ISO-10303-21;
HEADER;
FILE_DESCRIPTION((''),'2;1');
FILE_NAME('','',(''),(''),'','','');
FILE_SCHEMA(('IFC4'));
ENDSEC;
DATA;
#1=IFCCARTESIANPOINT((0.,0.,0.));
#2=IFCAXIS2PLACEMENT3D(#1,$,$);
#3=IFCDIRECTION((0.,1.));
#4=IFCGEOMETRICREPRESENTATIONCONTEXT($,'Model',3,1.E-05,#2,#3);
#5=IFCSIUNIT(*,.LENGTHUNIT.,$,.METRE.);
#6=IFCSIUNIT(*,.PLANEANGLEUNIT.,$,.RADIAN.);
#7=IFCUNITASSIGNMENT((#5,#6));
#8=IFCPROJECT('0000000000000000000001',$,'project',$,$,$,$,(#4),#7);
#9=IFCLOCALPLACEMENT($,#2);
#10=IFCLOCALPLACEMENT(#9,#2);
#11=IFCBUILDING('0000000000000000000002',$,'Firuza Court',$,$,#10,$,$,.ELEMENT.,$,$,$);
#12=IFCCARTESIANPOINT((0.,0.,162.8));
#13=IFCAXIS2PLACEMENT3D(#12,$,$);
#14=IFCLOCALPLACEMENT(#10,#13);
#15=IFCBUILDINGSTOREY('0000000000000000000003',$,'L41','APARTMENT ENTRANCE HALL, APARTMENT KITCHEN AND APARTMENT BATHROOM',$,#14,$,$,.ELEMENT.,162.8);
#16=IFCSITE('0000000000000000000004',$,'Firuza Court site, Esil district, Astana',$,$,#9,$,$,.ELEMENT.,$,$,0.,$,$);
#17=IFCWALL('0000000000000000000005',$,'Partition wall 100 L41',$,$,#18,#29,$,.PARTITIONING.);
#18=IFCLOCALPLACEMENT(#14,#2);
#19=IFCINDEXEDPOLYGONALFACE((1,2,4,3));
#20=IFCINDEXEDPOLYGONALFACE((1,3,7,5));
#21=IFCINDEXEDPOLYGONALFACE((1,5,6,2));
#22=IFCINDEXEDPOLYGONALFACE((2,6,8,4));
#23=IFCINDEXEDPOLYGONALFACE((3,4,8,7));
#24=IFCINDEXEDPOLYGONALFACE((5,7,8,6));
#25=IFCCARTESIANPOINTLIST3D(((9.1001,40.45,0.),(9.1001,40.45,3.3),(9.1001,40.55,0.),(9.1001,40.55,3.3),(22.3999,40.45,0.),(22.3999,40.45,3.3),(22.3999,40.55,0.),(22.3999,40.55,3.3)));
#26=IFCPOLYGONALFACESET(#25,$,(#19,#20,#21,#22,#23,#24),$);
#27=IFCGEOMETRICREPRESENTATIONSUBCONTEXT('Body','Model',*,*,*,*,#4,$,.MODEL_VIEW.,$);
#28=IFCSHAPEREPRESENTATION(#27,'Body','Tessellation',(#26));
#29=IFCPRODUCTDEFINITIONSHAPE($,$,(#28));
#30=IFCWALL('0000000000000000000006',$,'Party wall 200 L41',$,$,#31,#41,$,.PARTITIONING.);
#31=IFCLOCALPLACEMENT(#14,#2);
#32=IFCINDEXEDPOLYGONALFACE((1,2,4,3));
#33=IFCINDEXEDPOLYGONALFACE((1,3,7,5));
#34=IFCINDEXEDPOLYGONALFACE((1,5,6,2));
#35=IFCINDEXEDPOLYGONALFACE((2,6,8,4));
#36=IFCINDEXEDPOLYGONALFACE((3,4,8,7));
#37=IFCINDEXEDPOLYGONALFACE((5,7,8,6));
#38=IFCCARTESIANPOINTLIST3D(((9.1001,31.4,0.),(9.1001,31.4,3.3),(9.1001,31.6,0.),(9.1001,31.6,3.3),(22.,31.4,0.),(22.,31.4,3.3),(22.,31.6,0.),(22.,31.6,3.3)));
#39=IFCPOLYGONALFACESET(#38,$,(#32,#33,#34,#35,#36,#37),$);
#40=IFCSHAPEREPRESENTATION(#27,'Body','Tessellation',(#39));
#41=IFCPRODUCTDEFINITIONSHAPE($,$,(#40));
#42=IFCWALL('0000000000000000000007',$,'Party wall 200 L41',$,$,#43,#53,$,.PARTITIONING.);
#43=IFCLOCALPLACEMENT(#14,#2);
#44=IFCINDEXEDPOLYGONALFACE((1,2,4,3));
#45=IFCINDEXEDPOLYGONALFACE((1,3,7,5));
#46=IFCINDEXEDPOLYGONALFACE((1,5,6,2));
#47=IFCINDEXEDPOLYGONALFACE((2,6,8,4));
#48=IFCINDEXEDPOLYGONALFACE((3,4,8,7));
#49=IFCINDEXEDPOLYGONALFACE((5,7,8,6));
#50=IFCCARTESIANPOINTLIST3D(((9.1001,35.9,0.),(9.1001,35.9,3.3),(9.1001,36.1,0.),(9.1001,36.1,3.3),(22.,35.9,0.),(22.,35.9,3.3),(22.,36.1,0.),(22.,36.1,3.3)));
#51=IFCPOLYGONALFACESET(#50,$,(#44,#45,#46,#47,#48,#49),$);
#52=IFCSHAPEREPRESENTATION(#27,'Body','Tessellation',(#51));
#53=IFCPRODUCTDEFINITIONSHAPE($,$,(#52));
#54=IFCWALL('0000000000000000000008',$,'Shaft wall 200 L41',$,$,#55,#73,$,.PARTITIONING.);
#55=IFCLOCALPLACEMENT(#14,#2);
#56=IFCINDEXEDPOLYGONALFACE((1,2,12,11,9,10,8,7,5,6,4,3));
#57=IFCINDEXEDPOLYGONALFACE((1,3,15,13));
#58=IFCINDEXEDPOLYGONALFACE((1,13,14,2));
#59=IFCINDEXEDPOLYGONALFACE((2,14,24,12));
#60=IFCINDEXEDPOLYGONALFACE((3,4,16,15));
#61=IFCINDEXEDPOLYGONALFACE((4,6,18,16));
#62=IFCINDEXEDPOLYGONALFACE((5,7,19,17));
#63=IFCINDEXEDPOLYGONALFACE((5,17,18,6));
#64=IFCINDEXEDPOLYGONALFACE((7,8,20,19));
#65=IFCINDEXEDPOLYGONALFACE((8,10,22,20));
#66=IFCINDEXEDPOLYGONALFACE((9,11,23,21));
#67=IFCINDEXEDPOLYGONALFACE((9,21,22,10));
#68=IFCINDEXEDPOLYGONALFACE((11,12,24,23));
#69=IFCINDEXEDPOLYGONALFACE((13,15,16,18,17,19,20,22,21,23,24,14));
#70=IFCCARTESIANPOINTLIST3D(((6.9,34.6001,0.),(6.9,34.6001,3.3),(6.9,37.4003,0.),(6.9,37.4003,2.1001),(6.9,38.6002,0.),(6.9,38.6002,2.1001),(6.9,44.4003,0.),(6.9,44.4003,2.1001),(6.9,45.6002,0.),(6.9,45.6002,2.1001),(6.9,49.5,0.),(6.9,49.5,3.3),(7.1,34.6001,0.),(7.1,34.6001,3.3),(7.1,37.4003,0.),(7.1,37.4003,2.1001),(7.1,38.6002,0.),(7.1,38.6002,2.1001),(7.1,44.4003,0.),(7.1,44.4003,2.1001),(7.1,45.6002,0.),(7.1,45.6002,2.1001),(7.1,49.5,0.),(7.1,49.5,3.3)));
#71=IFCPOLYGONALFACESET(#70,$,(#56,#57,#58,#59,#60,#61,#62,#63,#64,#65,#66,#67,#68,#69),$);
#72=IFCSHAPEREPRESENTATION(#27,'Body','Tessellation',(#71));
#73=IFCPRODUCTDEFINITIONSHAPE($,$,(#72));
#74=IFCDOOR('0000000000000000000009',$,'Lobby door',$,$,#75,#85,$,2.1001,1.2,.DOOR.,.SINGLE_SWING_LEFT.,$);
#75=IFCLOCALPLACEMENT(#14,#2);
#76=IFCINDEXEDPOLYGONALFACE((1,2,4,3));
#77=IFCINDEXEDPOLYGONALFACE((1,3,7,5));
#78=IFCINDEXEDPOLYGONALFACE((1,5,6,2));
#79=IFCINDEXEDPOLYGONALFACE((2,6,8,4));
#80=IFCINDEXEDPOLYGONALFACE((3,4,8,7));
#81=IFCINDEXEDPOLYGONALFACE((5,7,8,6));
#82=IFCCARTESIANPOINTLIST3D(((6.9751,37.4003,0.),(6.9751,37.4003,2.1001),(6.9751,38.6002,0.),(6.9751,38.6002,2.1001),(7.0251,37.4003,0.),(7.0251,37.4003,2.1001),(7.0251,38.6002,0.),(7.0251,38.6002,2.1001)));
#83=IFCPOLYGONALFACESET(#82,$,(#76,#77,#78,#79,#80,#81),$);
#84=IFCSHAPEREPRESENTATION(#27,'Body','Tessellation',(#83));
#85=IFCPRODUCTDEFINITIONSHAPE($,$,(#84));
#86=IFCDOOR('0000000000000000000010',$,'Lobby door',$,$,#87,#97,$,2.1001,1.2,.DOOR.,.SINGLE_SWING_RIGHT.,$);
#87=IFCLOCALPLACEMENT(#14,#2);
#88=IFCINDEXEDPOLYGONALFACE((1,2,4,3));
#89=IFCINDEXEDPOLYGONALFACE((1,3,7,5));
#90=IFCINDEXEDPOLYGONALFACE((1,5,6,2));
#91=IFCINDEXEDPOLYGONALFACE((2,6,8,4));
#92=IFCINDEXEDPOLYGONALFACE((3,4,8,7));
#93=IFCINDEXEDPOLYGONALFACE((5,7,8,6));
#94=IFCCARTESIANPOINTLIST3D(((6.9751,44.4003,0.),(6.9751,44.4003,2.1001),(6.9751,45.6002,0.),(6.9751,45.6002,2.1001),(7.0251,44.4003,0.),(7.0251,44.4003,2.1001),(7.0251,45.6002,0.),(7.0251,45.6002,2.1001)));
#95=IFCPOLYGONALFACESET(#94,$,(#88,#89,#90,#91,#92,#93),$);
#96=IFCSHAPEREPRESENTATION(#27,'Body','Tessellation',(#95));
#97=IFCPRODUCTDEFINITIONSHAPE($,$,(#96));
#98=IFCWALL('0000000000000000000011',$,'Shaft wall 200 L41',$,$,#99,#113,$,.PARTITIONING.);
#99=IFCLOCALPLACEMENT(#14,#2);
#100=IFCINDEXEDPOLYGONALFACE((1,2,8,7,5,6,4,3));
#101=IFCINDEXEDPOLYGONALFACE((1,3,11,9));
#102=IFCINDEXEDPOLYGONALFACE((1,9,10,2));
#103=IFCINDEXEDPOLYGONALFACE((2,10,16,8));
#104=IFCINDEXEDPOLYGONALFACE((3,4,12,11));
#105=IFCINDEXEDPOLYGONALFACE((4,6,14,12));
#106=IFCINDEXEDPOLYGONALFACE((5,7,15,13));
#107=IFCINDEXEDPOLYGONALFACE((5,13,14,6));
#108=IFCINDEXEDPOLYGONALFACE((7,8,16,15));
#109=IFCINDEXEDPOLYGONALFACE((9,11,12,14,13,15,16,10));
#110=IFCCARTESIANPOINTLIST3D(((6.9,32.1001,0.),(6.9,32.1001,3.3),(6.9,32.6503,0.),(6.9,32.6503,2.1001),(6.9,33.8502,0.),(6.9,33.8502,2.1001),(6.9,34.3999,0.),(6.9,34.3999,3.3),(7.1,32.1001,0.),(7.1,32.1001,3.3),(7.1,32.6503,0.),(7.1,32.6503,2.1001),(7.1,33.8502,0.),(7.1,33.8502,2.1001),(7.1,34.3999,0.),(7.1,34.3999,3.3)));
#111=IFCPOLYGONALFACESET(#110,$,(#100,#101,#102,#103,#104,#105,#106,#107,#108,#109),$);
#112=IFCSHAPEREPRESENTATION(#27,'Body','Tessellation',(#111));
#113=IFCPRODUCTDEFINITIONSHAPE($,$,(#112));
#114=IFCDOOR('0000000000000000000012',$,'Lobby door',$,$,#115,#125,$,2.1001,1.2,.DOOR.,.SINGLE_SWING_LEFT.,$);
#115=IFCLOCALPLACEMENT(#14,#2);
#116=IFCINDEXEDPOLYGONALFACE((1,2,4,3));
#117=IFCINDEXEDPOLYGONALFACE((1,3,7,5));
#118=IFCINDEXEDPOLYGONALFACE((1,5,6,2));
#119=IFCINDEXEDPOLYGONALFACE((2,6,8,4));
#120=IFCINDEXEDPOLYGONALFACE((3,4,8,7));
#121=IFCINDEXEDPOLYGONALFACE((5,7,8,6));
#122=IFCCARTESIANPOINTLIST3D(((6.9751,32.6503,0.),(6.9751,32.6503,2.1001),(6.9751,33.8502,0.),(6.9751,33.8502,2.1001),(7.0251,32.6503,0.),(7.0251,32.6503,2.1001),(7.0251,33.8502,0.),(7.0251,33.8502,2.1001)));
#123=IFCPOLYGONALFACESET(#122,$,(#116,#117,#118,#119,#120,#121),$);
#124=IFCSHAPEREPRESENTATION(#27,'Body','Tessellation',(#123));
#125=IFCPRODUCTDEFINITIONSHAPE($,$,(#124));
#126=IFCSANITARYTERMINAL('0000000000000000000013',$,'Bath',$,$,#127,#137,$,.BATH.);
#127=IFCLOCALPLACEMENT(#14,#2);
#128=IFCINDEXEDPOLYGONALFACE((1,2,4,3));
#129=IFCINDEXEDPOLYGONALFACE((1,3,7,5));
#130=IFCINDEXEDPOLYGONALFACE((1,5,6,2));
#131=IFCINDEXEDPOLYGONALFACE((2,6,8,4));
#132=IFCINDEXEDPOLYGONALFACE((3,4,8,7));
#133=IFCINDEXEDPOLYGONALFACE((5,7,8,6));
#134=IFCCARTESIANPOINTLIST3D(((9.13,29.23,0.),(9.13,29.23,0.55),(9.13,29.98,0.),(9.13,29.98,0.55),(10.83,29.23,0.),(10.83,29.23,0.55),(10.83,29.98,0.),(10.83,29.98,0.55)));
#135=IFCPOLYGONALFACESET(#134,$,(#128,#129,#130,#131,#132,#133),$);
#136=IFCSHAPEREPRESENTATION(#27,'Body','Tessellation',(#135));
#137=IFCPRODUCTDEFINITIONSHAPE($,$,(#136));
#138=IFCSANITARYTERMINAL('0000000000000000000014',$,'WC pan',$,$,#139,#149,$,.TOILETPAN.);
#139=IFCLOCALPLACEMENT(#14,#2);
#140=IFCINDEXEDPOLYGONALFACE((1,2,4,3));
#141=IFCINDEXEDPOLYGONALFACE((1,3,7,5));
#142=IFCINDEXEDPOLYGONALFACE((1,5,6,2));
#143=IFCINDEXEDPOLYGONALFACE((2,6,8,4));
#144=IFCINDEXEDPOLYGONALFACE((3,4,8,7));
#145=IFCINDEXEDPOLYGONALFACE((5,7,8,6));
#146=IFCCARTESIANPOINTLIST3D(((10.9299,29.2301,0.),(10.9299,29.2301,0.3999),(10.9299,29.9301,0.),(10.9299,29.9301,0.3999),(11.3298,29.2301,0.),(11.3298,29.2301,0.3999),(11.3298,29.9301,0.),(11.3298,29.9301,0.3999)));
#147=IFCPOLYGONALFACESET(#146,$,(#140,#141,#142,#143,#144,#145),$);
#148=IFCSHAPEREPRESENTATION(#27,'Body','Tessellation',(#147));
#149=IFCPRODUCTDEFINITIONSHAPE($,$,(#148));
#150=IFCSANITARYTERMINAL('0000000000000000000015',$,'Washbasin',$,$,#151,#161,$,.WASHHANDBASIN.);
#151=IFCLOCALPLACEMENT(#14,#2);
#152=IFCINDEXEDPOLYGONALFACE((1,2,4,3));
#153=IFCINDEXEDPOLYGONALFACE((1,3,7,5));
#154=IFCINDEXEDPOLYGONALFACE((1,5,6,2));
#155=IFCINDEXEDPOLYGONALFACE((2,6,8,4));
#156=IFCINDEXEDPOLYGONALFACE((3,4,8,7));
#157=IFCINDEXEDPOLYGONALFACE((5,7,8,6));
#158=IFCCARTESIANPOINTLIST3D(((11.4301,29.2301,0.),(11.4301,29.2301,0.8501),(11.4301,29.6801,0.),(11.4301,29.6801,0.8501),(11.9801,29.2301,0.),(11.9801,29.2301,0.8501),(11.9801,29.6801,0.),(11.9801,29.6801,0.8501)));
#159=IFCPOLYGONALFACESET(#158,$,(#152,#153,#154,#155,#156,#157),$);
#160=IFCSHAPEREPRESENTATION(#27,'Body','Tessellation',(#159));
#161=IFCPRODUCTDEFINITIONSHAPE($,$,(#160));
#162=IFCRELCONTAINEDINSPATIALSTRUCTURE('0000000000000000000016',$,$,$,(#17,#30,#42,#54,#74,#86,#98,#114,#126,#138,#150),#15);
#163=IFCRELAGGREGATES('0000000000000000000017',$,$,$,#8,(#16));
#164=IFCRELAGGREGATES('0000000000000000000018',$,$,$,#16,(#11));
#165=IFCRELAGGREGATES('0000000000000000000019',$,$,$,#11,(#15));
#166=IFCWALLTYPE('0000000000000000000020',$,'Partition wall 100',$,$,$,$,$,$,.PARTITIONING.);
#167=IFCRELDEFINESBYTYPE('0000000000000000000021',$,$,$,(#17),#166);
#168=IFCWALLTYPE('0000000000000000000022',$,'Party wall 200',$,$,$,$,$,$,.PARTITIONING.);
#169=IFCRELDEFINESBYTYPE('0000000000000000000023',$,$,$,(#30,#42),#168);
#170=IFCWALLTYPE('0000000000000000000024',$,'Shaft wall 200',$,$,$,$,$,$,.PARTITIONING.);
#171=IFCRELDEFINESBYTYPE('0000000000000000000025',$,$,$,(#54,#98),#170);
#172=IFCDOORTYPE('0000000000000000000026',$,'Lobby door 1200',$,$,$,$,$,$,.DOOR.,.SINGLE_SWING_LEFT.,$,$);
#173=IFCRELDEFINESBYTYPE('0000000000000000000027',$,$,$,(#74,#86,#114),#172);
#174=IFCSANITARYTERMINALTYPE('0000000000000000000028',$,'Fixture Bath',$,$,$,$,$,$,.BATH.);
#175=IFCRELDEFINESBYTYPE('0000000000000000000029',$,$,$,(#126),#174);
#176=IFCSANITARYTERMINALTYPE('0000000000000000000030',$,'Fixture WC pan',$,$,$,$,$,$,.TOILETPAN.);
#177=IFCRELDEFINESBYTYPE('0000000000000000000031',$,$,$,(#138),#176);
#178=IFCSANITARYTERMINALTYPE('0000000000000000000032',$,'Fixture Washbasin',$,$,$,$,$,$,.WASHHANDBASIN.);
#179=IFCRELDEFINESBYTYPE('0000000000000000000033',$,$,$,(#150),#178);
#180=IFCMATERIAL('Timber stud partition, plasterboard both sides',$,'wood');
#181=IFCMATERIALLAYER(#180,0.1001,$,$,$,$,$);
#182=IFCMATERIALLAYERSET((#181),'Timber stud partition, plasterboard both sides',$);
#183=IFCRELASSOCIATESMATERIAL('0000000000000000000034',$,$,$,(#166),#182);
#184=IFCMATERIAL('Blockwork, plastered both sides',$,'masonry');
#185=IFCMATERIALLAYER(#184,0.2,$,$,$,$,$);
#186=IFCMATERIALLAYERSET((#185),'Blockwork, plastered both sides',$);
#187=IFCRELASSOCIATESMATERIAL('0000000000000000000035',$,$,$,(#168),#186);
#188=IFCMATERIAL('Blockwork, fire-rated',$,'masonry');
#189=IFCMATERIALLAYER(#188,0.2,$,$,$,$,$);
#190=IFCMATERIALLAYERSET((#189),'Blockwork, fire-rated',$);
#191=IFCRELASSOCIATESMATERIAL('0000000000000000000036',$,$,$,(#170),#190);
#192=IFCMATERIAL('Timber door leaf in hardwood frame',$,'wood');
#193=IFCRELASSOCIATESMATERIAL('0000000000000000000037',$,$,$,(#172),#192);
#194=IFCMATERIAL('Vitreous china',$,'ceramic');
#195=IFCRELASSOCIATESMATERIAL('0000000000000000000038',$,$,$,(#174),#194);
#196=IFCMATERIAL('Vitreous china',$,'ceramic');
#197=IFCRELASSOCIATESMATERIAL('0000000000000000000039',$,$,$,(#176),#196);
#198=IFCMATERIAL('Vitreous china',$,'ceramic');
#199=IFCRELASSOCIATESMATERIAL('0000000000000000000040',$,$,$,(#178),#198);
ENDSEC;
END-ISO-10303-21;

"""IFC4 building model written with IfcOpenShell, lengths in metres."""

from ifc_helpers import new_model, si_unit, direction, frame, frame_2d, origin, origin_2d, place, context, subcontext, project, spatial, rectangle, extrude, material, layer, layer_set, type_object, element, fill, save


model = new_model("IFC4")

# Units and contexts
model_context = context("Model", 3, precision=1e-05, world=origin(), true_north=direction((0.0, 1.0)))
body_context = subcontext(model_context, "Body", "Model", "MODEL_VIEW")
ifc_project = project(units=[si_unit("LENGTHUNIT", "METRE"), si_unit("PLANEANGLEUNIT", "RADIAN")], contexts=[model_context])

# Site, building, storey
site_placement = place(None, origin())
site = spatial("IfcSite", under=ifc_project, at=site_placement, Name="Firuza Court site, Esil district, Astana", CompositionType="ELEMENT", RefElevation=0.0)
building_placement = place(site_placement, origin())
building = spatial("IfcBuilding", under=site, at=building_placement, Name="Firuza Court", CompositionType="ELEMENT")
storey_placement = place(building_placement, frame((0.0, 0.0, 162.8)))
storey = spatial("IfcBuildingStorey", under=building, at=storey_placement, Name="L41", Description="APARTMENT ENTRANCE HALL, APARTMENT KITCHEN AND APARTMENT BATHROOM", CompositionType="ELEMENT", Elevation=162.8)

# Shared definitions
ifc_material_1 = material(Name="Blockwork, plastered both sides", Category="masonry")
ifc_material_2 = material(Name="Timber stud partition, plasterboard both sides", Category="wood")
ifc_layer_1 = layer(ifc_material_2, 0.1001)
ifc_layer_set_1 = layer_set([ifc_layer_1], Name="Timber stud partition, plasterboard both sides")
wall_type_1 = type_object("IfcWallType", Name="Partition wall 100", PredefinedType="PARTITIONING", material=ifc_layer_set_1)

# Walls
wall_1_placement = place(storey_placement, frame((9.1001, 40.5, 0.0), z_axis=(0.0, 0.0, 1.0), x_axis=(1.0, 0.0, 0.0)))
element("IfcWall", 1, at=wall_1_placement, inside=storey, type_object=wall_type_1, Name="Partition wall 100 L41", PredefinedType="PARTITIONING", context=body_context, shape_type="SweptSolid", body=[
    extrude(rectangle(XDim=13.2998, YDim=0.1001, at=frame_2d((6.6499, 0.0))), origin(), (0.0, 0.0, 1.0), 3.3),
])
ifc_layer_2 = layer(ifc_material_1, 0.2)
ifc_layer_set_2 = layer_set([ifc_layer_2], Name="Blockwork, plastered both sides")
wall_type_2 = type_object("IfcWallType", Name="Party wall 200", PredefinedType="PARTITIONING", material=ifc_layer_set_2)
for number, where, z_axis, x_axis, name in (
    (2, (9.1001, 31.5, 0.0), (0.0, 0.0, 1.0), (1.0, 0.0, 0.0), "Party wall 200 L41"),
    (3, (9.1001, 36.0, 0.0), (0.0, 0.0, 1.0), (1.0, 0.0, 0.0), "Party wall 200 L41"),
):
    element("IfcWall", number, at=place(storey_placement, frame(where, z_axis=z_axis, x_axis=x_axis)), inside=storey, type_object=wall_type_2, Name=name, PredefinedType="PARTITIONING", context=body_context, shape_type="SweptSolid", body=[
        extrude(rectangle(XDim=12.8999, YDim=0.2, at=frame_2d((6.45, 0.0))), origin(), (0.0, 0.0, 1.0), 3.3),
    ])

# Wall, openings, doors
ifc_material_3 = material(Name="Blockwork, fire-rated", Category="masonry")
ifc_layer_3 = layer(ifc_material_3, 0.2)
ifc_layer_set_3 = layer_set([ifc_layer_3], Name="Blockwork, fire-rated")
wall_type_3 = type_object("IfcWallType", Name="Shaft wall 200", PredefinedType="PARTITIONING", material=ifc_layer_set_3)
wall_2_placement = place(storey_placement, frame((7.0, 34.6001, 0.0), z_axis=(0.0, 0.0, 1.0), x_axis=(0.0, 1.0, 0.0)))
wall_2 = element("IfcWall", 4, at=wall_2_placement, inside=storey, type_object=wall_type_3, Name="Shaft wall 200 L41", PredefinedType="PARTITIONING", context=body_context, shape_type="SweptSolid", body=[
    extrude(rectangle(XDim=14.8999, YDim=0.2, at=frame_2d((7.45, 0.0))), origin(), (0.0, 0.0, 1.0), 3.3),
])
opening_1_placement = place(wall_2_placement, frame((2.8, 0.0, 0.0)))
opening_1 = element("IfcOpeningElement", 5, at=opening_1_placement, cuts=wall_2, PredefinedType="OPENING", context=body_context, shape_type="SweptSolid", body=[
    extrude(rectangle(XDim=1.2, YDim=2.1001, at=frame_2d((0.6001, 1.05))), frame((0.0, 0.1118, 0.0), z_axis=(0.0, -1.0, 0.0), x_axis=(1.0, 0.0, 0.0)), (0.0, 0.0, 1.0), 0.2239),
])
opening_2_placement = place(wall_2_placement, frame((9.8, 0.0, 0.0)))
opening_2 = element("IfcOpeningElement", 6, at=opening_2_placement, cuts=wall_2, PredefinedType="OPENING", context=body_context, shape_type="SweptSolid", body=[
    extrude(rectangle(XDim=1.2, YDim=2.1001, at=frame_2d((0.6001, 1.05))), frame((0.0, 0.1118, 0.0), z_axis=(0.0, -1.0, 0.0), x_axis=(1.0, 0.0, 0.0)), (0.0, 0.0, 1.0), 0.2239),
])
ifc_material_4 = material(Name="Timber door leaf in hardwood frame", Category="wood")
door_type_1 = type_object("IfcDoorType", Name="Lobby door 1200", OperationType="SINGLE_SWING_LEFT", PredefinedType="DOOR", material=ifc_material_4)
door_1_placement = place(opening_1_placement, origin())
door_1 = element("IfcDoor", 7, at=door_1_placement, inside=storey, type_object=door_type_1, Name="Lobby door", OperationType="SINGLE_SWING_LEFT", OverallHeight=2.1001, OverallWidth=1.2, PredefinedType="DOOR", context=body_context, shape_type="SweptSolid", body=[
    extrude(rectangle(XDim=1.2, YDim=2.1001, at=frame_2d((0.6001, 1.05))), frame((0.0, 0.0249, 0.0), z_axis=(0.0, -1.0, 0.0), x_axis=(1.0, 0.0, 0.0)), (0.0, 0.0, 1.0), 0.05),
])
fill(opening_1, door_1)
door_2_placement = place(opening_2_placement, origin())
door_2 = element("IfcDoor", 8, at=door_2_placement, inside=storey, type_object=door_type_1, Name="Lobby door", OperationType="SINGLE_SWING_RIGHT", OverallHeight=2.1001, OverallWidth=1.2, PredefinedType="DOOR", context=body_context, shape_type="SweptSolid", body=[
    extrude(rectangle(XDim=1.2, YDim=2.1001, at=frame_2d((0.6001, 1.05))), frame((0.0, 0.0249, 0.0), z_axis=(0.0, -1.0, 0.0), x_axis=(1.0, 0.0, 0.0)), (0.0, 0.0, 1.0), 0.05),
])
fill(opening_2, door_2)

# Wall, opening, door
wall_3_placement = place(storey_placement, frame((7.0, 32.1001, 0.0), z_axis=(0.0, 0.0, 1.0), x_axis=(0.0, 1.0, 0.0)))
wall_3 = element("IfcWall", 9, at=wall_3_placement, inside=storey, type_object=wall_type_3, Name="Shaft wall 200 L41", PredefinedType="PARTITIONING", context=body_context, shape_type="SweptSolid", body=[
    extrude(rectangle(XDim=2.2998, YDim=0.2, at=frame_2d((1.1499, 0.0))), origin(), (0.0, 0.0, 1.0), 3.3),
])
opening_3_placement = place(wall_3_placement, frame((0.55, 0.0, 0.0)))
opening_3 = element("IfcOpeningElement", 10, at=opening_3_placement, cuts=wall_3, PredefinedType="OPENING", context=body_context, shape_type="SweptSolid", body=[
    extrude(rectangle(XDim=1.2, YDim=2.1001, at=frame_2d((0.6001, 1.05))), frame((0.0, 0.1118, 0.0), z_axis=(0.0, -1.0, 0.0), x_axis=(1.0, 0.0, 0.0)), (0.0, 0.0, 1.0), 0.2239),
])
door_3_placement = place(opening_3_placement, origin())
door_3 = element("IfcDoor", 11, at=door_3_placement, inside=storey, type_object=door_type_1, Name="Lobby door", OperationType="SINGLE_SWING_LEFT", OverallHeight=2.1001, OverallWidth=1.2, PredefinedType="DOOR", context=body_context, shape_type="SweptSolid", body=[
    extrude(rectangle(XDim=1.2, YDim=2.1001, at=frame_2d((0.6001, 1.05))), frame((0.0, 0.0249, 0.0), z_axis=(0.0, -1.0, 0.0), x_axis=(1.0, 0.0, 0.0)), (0.0, 0.0, 1.0), 0.05),
])
fill(opening_3, door_3)

# Sanitary terminals
ifc_material_5 = material(Name="Vitreous china", Category="ceramic")
sanitary_terminal_type_1 = type_object("IfcSanitaryTerminalType", Name="Fixture Bath", PredefinedType="BATH", material=ifc_material_5)
sanitary_terminal_1_placement = place(storey_placement, frame((9.98, 29.605, 0.0), z_axis=(0.0, 0.0, 1.0), x_axis=(1.0, 0.0, 0.0)))
element("IfcSanitaryTerminal", 12, at=sanitary_terminal_1_placement, inside=storey, type_object=sanitary_terminal_type_1, Name="Bath", PredefinedType="BATH", context=body_context, shape_type="SweptSolid", body=[
    extrude(rectangle(XDim=1.7, YDim=0.75, at=origin_2d()), origin(), (0.0, 0.0, 1.0), 0.55),
])
ifc_material_6 = material(Name="Vitreous china", Category="ceramic")
sanitary_terminal_type_2 = type_object("IfcSanitaryTerminalType", Name="Fixture WC pan", PredefinedType="TOILETPAN", material=ifc_material_6)
sanitary_terminal_2_placement = place(storey_placement, frame((11.1299, 29.5801, 0.0), z_axis=(0.0, 0.0, 1.0), x_axis=(1.0, 0.0, 0.0)))
element("IfcSanitaryTerminal", 13, at=sanitary_terminal_2_placement, inside=storey, type_object=sanitary_terminal_type_2, Name="WC pan", PredefinedType="TOILETPAN", context=body_context, shape_type="SweptSolid", body=[
    extrude(rectangle(XDim=0.3999, YDim=0.7, at=origin_2d()), origin(), (0.0, 0.0, 1.0), 0.3999),
])
ifc_material_7 = material(Name="Vitreous china", Category="ceramic")
sanitary_terminal_type_3 = type_object("IfcSanitaryTerminalType", Name="Fixture Washbasin", PredefinedType="WASHHANDBASIN", material=ifc_material_7)
sanitary_terminal_3_placement = place(storey_placement, frame((11.7051, 29.4551, 0.0), z_axis=(0.0, 0.0, 1.0), x_axis=(1.0, 0.0, 0.0)))
element("IfcSanitaryTerminal", 14, at=sanitary_terminal_3_placement, inside=storey, type_object=sanitary_terminal_type_3, Name="Washbasin", PredefinedType="WASHHANDBASIN", context=body_context, shape_type="SweptSolid", body=[
    extrude(rectangle(XDim=0.55, YDim=0.45, at=origin_2d()), origin(), (0.0, 0.0, 1.0), 0.8501),
])

save(model, "model.ifc")
